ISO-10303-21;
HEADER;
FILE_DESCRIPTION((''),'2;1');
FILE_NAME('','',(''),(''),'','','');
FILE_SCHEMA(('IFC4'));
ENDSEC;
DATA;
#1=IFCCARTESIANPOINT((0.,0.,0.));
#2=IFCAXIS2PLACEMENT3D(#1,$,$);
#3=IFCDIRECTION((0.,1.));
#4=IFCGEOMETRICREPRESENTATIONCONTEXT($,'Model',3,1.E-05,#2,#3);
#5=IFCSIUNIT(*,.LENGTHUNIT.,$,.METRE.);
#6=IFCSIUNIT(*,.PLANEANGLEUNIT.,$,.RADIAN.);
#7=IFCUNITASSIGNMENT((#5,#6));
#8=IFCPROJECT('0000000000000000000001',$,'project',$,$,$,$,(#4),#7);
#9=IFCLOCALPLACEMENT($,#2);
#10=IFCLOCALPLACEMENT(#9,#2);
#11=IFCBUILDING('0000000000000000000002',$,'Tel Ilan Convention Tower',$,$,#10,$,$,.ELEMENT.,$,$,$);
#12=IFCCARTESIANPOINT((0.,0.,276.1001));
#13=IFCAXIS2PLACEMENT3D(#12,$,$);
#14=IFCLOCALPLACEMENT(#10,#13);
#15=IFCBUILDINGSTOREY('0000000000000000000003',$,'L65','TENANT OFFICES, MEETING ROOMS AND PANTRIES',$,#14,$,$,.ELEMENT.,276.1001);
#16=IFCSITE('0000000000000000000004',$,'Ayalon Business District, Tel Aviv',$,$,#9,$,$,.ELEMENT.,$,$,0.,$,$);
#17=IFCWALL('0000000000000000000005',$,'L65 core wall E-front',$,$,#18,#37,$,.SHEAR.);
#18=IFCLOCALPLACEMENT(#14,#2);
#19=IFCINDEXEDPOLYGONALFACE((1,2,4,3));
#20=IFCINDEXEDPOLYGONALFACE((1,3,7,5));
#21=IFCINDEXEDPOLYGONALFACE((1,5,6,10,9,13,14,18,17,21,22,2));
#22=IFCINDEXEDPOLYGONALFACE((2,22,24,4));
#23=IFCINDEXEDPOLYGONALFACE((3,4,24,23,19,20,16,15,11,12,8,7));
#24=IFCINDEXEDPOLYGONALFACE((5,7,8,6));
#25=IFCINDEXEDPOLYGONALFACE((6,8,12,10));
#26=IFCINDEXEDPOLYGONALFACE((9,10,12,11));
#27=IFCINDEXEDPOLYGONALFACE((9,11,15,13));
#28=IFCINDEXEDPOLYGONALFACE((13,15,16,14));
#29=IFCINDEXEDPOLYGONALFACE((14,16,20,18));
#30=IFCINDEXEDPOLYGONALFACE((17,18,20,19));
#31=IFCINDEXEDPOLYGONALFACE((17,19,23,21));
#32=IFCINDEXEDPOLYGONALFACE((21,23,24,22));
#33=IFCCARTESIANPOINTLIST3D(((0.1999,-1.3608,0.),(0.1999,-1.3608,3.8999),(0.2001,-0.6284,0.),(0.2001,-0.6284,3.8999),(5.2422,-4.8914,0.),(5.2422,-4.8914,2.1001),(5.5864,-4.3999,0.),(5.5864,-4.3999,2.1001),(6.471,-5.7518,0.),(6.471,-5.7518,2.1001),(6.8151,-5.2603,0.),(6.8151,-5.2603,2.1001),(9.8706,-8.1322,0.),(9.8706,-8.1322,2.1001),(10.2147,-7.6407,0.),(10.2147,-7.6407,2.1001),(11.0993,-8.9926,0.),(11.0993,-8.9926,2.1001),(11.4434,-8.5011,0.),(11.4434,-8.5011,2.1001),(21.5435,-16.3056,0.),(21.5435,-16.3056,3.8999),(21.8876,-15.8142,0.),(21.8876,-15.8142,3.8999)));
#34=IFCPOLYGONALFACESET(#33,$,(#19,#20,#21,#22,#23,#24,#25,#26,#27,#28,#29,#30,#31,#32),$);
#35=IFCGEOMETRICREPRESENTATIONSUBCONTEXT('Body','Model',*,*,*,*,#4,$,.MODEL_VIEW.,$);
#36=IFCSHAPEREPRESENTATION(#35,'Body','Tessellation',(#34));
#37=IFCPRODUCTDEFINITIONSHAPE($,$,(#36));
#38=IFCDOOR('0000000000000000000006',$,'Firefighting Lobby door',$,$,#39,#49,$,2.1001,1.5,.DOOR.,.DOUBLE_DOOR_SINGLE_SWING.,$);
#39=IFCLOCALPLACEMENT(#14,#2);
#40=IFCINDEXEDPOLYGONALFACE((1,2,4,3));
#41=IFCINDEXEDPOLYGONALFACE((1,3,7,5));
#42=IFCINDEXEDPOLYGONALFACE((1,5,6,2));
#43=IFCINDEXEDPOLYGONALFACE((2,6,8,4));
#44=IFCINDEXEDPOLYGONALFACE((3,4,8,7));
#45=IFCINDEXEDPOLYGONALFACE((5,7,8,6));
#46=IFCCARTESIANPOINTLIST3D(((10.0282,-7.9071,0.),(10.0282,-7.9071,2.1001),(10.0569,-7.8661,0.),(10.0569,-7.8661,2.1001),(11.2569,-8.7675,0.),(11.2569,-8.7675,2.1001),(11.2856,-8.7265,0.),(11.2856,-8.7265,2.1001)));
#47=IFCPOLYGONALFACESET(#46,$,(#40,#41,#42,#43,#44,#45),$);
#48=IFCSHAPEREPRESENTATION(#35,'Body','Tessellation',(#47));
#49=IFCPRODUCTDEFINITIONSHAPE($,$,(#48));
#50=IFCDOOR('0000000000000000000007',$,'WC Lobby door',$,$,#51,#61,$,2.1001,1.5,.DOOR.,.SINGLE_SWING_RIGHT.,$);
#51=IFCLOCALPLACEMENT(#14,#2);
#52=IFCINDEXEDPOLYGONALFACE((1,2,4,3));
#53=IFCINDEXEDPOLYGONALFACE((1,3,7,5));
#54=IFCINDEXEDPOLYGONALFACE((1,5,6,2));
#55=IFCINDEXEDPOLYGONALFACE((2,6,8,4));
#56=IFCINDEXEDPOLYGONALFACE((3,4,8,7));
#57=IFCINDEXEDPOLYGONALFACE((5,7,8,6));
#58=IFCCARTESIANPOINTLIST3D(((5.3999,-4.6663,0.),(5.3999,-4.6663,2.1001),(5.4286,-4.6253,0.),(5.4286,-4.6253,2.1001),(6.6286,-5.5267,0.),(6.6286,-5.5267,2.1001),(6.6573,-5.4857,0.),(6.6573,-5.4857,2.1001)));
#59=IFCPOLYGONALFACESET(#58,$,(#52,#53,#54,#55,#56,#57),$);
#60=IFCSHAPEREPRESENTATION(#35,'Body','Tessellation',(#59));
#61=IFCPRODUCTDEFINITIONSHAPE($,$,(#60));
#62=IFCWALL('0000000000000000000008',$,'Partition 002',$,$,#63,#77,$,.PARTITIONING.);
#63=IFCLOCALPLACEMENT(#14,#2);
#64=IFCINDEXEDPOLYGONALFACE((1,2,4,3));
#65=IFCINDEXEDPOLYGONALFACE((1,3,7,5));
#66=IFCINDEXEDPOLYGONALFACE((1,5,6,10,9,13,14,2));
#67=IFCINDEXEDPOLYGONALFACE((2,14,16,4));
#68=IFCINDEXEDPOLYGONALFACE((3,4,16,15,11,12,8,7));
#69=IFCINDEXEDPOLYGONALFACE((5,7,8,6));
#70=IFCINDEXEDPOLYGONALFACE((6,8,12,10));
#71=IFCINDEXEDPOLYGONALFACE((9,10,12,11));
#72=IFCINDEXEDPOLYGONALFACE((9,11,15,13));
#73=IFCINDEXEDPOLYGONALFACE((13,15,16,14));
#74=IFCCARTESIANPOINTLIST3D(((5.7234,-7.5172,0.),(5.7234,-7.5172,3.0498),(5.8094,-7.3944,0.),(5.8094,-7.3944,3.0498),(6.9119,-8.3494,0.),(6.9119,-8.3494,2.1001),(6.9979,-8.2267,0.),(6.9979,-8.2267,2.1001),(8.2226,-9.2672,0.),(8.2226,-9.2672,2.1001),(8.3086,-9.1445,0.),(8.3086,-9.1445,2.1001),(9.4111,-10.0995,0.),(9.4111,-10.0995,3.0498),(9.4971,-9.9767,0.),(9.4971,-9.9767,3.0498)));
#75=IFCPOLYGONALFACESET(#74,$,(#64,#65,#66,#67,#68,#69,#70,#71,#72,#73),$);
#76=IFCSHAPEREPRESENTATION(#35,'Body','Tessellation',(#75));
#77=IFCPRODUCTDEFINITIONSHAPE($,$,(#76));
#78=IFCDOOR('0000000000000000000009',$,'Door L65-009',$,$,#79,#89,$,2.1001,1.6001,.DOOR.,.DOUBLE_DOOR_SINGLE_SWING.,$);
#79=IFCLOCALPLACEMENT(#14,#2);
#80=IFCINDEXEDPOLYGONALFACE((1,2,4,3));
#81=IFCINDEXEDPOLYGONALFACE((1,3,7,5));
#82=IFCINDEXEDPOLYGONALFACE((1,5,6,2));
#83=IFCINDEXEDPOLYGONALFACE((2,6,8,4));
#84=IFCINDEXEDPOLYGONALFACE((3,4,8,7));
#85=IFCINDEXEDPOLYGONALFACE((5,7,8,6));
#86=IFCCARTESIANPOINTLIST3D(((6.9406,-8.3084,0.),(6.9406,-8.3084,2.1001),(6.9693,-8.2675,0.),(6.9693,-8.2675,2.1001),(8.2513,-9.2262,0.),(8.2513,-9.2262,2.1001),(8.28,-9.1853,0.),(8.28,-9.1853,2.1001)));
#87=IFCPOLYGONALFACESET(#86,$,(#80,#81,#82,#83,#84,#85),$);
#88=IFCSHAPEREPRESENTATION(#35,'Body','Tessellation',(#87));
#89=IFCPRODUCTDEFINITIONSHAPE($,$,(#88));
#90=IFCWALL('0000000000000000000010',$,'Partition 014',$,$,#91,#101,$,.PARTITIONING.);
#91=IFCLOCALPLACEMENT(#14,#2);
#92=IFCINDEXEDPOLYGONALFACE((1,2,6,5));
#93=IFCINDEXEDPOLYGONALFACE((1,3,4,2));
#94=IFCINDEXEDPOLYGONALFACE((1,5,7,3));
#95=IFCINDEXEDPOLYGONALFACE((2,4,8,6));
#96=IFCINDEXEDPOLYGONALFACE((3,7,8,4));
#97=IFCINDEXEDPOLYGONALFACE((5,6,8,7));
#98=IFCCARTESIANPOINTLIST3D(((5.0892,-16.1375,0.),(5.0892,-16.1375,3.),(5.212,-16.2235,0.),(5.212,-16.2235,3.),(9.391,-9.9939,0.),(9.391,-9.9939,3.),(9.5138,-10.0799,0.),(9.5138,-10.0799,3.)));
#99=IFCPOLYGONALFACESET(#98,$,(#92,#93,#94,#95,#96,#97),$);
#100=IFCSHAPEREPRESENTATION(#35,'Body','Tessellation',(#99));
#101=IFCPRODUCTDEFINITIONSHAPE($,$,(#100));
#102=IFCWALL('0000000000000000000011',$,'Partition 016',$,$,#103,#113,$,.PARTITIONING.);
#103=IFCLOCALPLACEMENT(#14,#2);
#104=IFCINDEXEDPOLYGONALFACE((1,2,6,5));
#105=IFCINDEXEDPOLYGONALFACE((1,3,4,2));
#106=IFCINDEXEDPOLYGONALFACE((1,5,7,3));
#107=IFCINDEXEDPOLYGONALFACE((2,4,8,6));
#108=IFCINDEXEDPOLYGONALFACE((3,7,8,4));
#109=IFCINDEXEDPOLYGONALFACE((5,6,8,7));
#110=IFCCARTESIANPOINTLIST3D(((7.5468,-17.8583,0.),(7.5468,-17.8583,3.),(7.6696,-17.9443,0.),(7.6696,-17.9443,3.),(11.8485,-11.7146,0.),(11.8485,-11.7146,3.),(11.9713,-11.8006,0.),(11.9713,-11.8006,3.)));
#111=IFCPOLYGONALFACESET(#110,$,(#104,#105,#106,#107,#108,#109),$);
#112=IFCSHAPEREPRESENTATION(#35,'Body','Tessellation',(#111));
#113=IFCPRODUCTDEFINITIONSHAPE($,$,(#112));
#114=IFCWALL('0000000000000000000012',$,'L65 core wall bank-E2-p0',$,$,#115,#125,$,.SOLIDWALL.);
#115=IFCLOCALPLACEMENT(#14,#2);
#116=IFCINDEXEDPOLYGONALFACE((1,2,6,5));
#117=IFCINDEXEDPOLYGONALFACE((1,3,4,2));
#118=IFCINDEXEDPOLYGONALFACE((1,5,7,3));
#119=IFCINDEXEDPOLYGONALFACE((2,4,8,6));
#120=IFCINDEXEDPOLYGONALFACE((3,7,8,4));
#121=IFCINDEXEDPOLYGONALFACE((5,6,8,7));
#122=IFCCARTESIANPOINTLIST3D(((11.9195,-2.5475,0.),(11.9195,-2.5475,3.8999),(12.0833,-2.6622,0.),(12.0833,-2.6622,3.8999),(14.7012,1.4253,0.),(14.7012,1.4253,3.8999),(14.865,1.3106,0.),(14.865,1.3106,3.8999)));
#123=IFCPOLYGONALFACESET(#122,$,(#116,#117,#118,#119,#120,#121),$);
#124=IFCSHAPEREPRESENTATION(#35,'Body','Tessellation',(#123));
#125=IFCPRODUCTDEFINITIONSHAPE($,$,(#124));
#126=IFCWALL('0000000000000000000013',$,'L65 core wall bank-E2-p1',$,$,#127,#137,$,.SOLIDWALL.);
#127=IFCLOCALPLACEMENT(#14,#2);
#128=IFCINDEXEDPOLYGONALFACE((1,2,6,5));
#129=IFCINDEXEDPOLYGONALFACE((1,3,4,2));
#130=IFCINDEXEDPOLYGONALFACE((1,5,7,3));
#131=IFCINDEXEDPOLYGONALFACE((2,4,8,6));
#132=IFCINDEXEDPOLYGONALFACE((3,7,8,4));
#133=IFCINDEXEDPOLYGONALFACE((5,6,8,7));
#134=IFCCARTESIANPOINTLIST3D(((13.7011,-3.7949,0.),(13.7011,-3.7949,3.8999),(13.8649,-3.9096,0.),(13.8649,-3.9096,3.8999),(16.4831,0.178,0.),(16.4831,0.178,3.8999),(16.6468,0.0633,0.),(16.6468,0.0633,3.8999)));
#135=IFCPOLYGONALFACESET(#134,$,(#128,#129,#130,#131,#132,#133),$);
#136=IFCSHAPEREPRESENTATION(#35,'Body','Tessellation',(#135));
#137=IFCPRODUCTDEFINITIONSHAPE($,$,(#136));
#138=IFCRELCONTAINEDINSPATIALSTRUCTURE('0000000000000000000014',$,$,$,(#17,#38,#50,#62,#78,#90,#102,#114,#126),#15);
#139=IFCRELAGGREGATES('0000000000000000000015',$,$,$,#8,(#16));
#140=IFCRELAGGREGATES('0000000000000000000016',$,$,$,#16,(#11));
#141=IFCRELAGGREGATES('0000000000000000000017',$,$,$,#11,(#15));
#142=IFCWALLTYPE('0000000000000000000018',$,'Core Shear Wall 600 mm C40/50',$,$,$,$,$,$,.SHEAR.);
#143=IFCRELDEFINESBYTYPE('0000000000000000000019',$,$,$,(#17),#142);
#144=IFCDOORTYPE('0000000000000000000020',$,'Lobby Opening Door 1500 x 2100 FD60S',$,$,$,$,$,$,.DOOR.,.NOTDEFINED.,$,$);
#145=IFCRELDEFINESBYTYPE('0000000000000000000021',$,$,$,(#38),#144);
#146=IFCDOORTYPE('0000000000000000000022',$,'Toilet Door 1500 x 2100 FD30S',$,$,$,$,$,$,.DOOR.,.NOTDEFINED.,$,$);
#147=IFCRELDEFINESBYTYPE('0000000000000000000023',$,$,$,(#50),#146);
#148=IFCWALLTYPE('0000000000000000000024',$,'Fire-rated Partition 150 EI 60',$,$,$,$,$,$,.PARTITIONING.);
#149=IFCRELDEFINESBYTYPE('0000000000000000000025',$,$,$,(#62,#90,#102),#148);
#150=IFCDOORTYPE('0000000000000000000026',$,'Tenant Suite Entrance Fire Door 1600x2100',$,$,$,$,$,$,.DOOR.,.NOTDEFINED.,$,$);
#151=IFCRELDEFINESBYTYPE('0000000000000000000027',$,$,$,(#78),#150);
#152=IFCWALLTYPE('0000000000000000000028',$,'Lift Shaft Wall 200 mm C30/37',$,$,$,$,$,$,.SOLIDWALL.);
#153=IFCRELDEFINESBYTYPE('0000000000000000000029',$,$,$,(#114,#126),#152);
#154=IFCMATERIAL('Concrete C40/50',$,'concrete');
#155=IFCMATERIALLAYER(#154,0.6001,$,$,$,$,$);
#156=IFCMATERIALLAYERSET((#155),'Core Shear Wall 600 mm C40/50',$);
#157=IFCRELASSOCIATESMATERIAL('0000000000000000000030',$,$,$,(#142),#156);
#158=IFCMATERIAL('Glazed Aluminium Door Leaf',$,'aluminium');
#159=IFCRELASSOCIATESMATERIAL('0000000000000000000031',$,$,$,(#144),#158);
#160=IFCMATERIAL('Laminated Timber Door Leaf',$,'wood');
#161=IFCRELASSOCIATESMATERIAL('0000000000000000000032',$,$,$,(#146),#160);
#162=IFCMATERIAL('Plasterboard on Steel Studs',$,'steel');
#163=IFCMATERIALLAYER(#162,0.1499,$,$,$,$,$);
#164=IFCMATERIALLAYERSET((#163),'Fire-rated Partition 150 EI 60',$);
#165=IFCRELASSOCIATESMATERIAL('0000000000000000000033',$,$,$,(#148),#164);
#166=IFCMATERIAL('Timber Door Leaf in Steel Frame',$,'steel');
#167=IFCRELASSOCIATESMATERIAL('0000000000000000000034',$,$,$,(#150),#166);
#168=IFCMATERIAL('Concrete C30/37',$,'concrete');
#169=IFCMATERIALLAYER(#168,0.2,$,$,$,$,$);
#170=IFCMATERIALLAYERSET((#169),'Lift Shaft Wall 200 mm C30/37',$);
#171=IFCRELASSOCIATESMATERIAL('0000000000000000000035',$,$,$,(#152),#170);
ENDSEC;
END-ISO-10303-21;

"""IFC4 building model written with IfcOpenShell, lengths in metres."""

from ifc_helpers import new_model, si_unit, direction, frame, frame_2d, origin, place, context, subcontext, project, spatial, polyline, rectangle, outline, extrude, material, layer, layer_set, type_object, element, fill, save


model = new_model("IFC4")

# Units and contexts
model_context = context("Model", 3, precision=1e-05, world=origin(), true_north=direction((0.0, 1.0)))
body_context = subcontext(model_context, "Body", "Model", "MODEL_VIEW")
ifc_project = project(units=[si_unit("LENGTHUNIT", "METRE"), si_unit("PLANEANGLEUNIT", "RADIAN")], contexts=[model_context])

# Site, building, storey
site_placement = place(None, origin())
site = spatial("IfcSite", under=ifc_project, at=site_placement, Name="Ayalon Business District, Tel Aviv", CompositionType="ELEMENT", RefElevation=0.0)
building_placement = place(site_placement, origin())
building = spatial("IfcBuilding", under=site, at=building_placement, Name="Tel Ilan Convention Tower", CompositionType="ELEMENT")
storey_placement = place(building_placement, frame((0.0, 0.0, 276.1001)))
storey = spatial("IfcBuildingStorey", under=building, at=storey_placement, Name="L65", Description="TENANT OFFICES, MEETING ROOMS AND PANTRIES", CompositionType="ELEMENT", Elevation=276.1001)

# Wall, openings, doors
ifc_material_1 = material(Name="Concrete C40/50", Category="concrete")
ifc_layer_1 = layer(ifc_material_1, 0.6001)
ifc_layer_set_1 = layer_set([ifc_layer_1], Name="Core Shear Wall 600 mm C40/50")
wall_type_1 = type_object("IfcWallType", Name="Core Shear Wall 600 mm C40/50", PredefinedType="SHEAR", material=ifc_layer_set_1)
wall_1_placement = place(storey_placement, frame((0.0278, -0.874, 0.0), z_axis=(0.0, 0.0, 1.0), x_axis=(0.81915, -0.573579, 0.0)))
wall_1 = element("IfcWall", 1, at=wall_1_placement, inside=storey, type_object=wall_type_1, Name="L65 core wall E-front", PredefinedType="SHEAR", context=body_context, shape_type="SweptSolid", body=[
    extrude(outline(polyline([(26.4758, 0.3), (0.0002, 0.3), (0.4202, -0.3), (26.4758, -0.2998), (26.4758, 0.3)])), origin(), (0.0, 0.0, 1.0), 3.8999),
])
opening_1_placement = place(wall_1_placement, frame((6.5757, 0.0, 0.0)))
opening_1 = element("IfcOpeningElement", 2, at=opening_1_placement, cuts=wall_1, PredefinedType="OPENING", context=body_context, shape_type="SweptSolid", body=[
    extrude(rectangle(XDim=1.5, YDim=2.1001, at=frame_2d((0.75, 1.05))), frame((0.0, 0.3101, 0.0), z_axis=(0.0, -1.0, 0.0), x_axis=(1.0, 0.0, 0.0)), (0.0, 0.0, 1.0), 0.6201),
])
opening_2_placement = place(wall_1_placement, frame((12.2258, 0.0, 0.0)))
opening_2 = element("IfcOpeningElement", 3, at=opening_2_placement, cuts=wall_1, PredefinedType="OPENING", context=body_context, shape_type="SweptSolid", body=[
    extrude(rectangle(XDim=1.5, YDim=2.1001, at=frame_2d((0.75, 1.05))), frame((0.0, 0.3101, 0.0), z_axis=(0.0, -1.0, 0.0), x_axis=(1.0, 0.0, 0.0)), (0.0, 0.0, 1.0), 0.6201),
])
ifc_material_2 = material(Name="Glazed Aluminium Door Leaf", Category="aluminium")
door_type_1 = type_object("IfcDoorType", Name="Lobby Opening Door 1500 x 2100 FD60S", OperationType="NOTDEFINED", PredefinedType="DOOR", material=ifc_material_2)
door_1_placement = place(opening_2_placement, origin())
door_1 = element("IfcDoor", 4, at=door_1_placement, inside=storey, type_object=door_type_1, Name="Firefighting Lobby door", OperationType="DOUBLE_DOOR_SINGLE_SWING", OverallHeight=2.1001, OverallWidth=1.5, PredefinedType="DOOR", context=body_context, shape_type="SweptSolid", body=[
    extrude(rectangle(XDim=1.5, YDim=2.1001, at=frame_2d((0.75, 1.05))), frame((0.0, 0.0249, 0.0), z_axis=(0.0, -1.0, 0.0), x_axis=(1.0, 0.0, 0.0)), (0.0, 0.0, 1.0), 0.05),
])
fill(opening_2, door_1)
ifc_material_3 = material(Name="Laminated Timber Door Leaf", Category="wood")
door_type_2 = type_object("IfcDoorType", Name="Toilet Door 1500 x 2100 FD30S", OperationType="NOTDEFINED", PredefinedType="DOOR", material=ifc_material_3)
door_2_placement = place(opening_1_placement, origin())
door_2 = element("IfcDoor", 5, at=door_2_placement, inside=storey, type_object=door_type_2, Name="WC Lobby door", OperationType="SINGLE_SWING_RIGHT", OverallHeight=2.1001, OverallWidth=1.5, PredefinedType="DOOR", context=body_context, shape_type="SweptSolid", body=[
    extrude(rectangle(XDim=1.5, YDim=2.1001, at=frame_2d((0.75, 1.05))), frame((0.0, 0.0249, 0.0), z_axis=(0.0, -1.0, 0.0), x_axis=(1.0, 0.0, 0.0)), (0.0, 0.0, 1.0), 0.05),
])
fill(opening_1, door_2)

# Wall, opening, door
ifc_material_4 = material(Name="Plasterboard on Steel Studs", Category="steel")
ifc_layer_2 = layer(ifc_material_4, 0.1499)
ifc_layer_set_2 = layer_set([ifc_layer_2], Name="Fire-rated Partition 150 EI 60")
wall_type_2 = type_object("IfcWallType", Name="Fire-rated Partition 150 EI 60", PredefinedType="PARTITIONING", material=ifc_layer_set_2)
wall_2_placement = place(storey_placement, frame((9.4541, -10.0381, 0.0), z_axis=(0.0, 0.0, 1.0), x_axis=(-0.819143, 0.57359, 0.0)))
wall_2 = element("IfcWall", 6, at=wall_2_placement, inside=storey, type_object=wall_type_2, Name="Partition 002", PredefinedType="PARTITIONING", context=body_context, shape_type="SweptSolid", body=[
    extrude(rectangle(XDim=4.502, YDim=0.1499, at=frame_2d((2.251, 0.0))), origin(), (0.0, 0.0, 1.0), 3.0498),
])
opening_3_placement = place(wall_2_placement, frame((1.4509, 0.0, 0.0)))
opening_3 = element("IfcOpeningElement", 7, at=opening_3_placement, cuts=wall_2, PredefinedType="OPENING", context=body_context, shape_type="SweptSolid", body=[
    extrude(rectangle(XDim=1.6001, YDim=2.1001, at=frame_2d((0.8, 1.05))), frame((0.0, 0.085, 0.0), z_axis=(0.0, -1.0, 0.0), x_axis=(1.0, 0.0, 0.0)), (0.0, 0.0, 1.0), 0.1699),
])
ifc_material_5 = material(Name="Timber Door Leaf in Steel Frame", Category="steel")
door_type_3 = type_object("IfcDoorType", Name="Tenant Suite Entrance Fire Door 1600x2100", OperationType="NOTDEFINED", PredefinedType="DOOR", material=ifc_material_5)
door_3_placement = place(opening_3_placement, origin())
door_3 = element("IfcDoor", 8, at=door_3_placement, inside=storey, type_object=door_type_3, Name="Door L65-009", OperationType="DOUBLE_DOOR_SINGLE_SWING", OverallHeight=2.1001, OverallWidth=1.6001, PredefinedType="DOOR", context=body_context, shape_type="SweptSolid", body=[
    extrude(rectangle(XDim=1.6001, YDim=2.1001, at=frame_2d((0.8, 1.05))), frame((0.0, 0.0249, 0.0), z_axis=(0.0, -1.0, 0.0), x_axis=(1.0, 0.0, 0.0)), (0.0, 0.0, 1.0), 0.05),
])
fill(opening_3, door_3)

# Walls
for number, where, z_axis, x_axis, name in (
    (9, (9.4524, -10.0369, 0.0), (0.0, 0.0, 1.0), (-0.573576, -0.819152, 0.0), "Partition 014"),
    (10, (11.9099, -11.7576, 0.0), (0.0, 0.0, 1.0), (-0.573561, -0.819163, 0.0), "Partition 016"),
):
    element("IfcWall", number, at=place(storey_placement, frame(where, z_axis=z_axis, x_axis=x_axis)), inside=storey, type_object=wall_type_2, Name=name, PredefinedType="PARTITIONING", context=body_context, shape_type="SweptSolid", body=[
        extrude(rectangle(XDim=7.5, YDim=0.1499, at=frame_2d((3.75, 0.0))), origin(), (0.0, 0.0, 1.0), 3.0),
    ])
ifc_material_6 = material(Name="Concrete C30/37", Category="concrete")
ifc_layer_3 = layer(ifc_material_6, 0.2)
ifc_layer_set_3 = layer_set([ifc_layer_3], Name="Lift Shaft Wall 200 mm C30/37")
wall_type_3 = type_object("IfcWallType", Name="Lift Shaft Wall 200 mm C30/37", PredefinedType="SOLIDWALL", material=ifc_layer_set_3)
wall_3_placement = place(storey_placement, frame((12.0015, -2.6047, 0.0), z_axis=(0.0, 0.0, 1.0), x_axis=(0.57356, 0.819163, 0.0)))
element("IfcWall", 11, at=wall_3_placement, inside=storey, type_object=wall_type_3, Name="L65 core wall bank-E2-p0", PredefinedType="SOLIDWALL", context=body_context, shape_type="SweptSolid", body=[
    extrude(rectangle(XDim=4.8499, YDim=0.2, at=frame_2d((2.4248, 0.0))), origin(), (0.0, 0.0, 1.0), 3.8999),
])
wall_4_placement = place(storey_placement, frame((13.783, -3.8523, 0.0), z_axis=(0.0, 0.0, 1.0), x_axis=(0.573594, 0.81914, 0.0)))
element("IfcWall", 12, at=wall_4_placement, inside=storey, type_object=wall_type_3, Name="L65 core wall bank-E2-p1", PredefinedType="SOLIDWALL", context=body_context, shape_type="SweptSolid", body=[
    extrude(rectangle(XDim=4.8501, YDim=0.2, at=frame_2d((2.425, 0.0))), origin(), (0.0, 0.0, 1.0), 3.8999),
])

save(model, "model.ifc")
